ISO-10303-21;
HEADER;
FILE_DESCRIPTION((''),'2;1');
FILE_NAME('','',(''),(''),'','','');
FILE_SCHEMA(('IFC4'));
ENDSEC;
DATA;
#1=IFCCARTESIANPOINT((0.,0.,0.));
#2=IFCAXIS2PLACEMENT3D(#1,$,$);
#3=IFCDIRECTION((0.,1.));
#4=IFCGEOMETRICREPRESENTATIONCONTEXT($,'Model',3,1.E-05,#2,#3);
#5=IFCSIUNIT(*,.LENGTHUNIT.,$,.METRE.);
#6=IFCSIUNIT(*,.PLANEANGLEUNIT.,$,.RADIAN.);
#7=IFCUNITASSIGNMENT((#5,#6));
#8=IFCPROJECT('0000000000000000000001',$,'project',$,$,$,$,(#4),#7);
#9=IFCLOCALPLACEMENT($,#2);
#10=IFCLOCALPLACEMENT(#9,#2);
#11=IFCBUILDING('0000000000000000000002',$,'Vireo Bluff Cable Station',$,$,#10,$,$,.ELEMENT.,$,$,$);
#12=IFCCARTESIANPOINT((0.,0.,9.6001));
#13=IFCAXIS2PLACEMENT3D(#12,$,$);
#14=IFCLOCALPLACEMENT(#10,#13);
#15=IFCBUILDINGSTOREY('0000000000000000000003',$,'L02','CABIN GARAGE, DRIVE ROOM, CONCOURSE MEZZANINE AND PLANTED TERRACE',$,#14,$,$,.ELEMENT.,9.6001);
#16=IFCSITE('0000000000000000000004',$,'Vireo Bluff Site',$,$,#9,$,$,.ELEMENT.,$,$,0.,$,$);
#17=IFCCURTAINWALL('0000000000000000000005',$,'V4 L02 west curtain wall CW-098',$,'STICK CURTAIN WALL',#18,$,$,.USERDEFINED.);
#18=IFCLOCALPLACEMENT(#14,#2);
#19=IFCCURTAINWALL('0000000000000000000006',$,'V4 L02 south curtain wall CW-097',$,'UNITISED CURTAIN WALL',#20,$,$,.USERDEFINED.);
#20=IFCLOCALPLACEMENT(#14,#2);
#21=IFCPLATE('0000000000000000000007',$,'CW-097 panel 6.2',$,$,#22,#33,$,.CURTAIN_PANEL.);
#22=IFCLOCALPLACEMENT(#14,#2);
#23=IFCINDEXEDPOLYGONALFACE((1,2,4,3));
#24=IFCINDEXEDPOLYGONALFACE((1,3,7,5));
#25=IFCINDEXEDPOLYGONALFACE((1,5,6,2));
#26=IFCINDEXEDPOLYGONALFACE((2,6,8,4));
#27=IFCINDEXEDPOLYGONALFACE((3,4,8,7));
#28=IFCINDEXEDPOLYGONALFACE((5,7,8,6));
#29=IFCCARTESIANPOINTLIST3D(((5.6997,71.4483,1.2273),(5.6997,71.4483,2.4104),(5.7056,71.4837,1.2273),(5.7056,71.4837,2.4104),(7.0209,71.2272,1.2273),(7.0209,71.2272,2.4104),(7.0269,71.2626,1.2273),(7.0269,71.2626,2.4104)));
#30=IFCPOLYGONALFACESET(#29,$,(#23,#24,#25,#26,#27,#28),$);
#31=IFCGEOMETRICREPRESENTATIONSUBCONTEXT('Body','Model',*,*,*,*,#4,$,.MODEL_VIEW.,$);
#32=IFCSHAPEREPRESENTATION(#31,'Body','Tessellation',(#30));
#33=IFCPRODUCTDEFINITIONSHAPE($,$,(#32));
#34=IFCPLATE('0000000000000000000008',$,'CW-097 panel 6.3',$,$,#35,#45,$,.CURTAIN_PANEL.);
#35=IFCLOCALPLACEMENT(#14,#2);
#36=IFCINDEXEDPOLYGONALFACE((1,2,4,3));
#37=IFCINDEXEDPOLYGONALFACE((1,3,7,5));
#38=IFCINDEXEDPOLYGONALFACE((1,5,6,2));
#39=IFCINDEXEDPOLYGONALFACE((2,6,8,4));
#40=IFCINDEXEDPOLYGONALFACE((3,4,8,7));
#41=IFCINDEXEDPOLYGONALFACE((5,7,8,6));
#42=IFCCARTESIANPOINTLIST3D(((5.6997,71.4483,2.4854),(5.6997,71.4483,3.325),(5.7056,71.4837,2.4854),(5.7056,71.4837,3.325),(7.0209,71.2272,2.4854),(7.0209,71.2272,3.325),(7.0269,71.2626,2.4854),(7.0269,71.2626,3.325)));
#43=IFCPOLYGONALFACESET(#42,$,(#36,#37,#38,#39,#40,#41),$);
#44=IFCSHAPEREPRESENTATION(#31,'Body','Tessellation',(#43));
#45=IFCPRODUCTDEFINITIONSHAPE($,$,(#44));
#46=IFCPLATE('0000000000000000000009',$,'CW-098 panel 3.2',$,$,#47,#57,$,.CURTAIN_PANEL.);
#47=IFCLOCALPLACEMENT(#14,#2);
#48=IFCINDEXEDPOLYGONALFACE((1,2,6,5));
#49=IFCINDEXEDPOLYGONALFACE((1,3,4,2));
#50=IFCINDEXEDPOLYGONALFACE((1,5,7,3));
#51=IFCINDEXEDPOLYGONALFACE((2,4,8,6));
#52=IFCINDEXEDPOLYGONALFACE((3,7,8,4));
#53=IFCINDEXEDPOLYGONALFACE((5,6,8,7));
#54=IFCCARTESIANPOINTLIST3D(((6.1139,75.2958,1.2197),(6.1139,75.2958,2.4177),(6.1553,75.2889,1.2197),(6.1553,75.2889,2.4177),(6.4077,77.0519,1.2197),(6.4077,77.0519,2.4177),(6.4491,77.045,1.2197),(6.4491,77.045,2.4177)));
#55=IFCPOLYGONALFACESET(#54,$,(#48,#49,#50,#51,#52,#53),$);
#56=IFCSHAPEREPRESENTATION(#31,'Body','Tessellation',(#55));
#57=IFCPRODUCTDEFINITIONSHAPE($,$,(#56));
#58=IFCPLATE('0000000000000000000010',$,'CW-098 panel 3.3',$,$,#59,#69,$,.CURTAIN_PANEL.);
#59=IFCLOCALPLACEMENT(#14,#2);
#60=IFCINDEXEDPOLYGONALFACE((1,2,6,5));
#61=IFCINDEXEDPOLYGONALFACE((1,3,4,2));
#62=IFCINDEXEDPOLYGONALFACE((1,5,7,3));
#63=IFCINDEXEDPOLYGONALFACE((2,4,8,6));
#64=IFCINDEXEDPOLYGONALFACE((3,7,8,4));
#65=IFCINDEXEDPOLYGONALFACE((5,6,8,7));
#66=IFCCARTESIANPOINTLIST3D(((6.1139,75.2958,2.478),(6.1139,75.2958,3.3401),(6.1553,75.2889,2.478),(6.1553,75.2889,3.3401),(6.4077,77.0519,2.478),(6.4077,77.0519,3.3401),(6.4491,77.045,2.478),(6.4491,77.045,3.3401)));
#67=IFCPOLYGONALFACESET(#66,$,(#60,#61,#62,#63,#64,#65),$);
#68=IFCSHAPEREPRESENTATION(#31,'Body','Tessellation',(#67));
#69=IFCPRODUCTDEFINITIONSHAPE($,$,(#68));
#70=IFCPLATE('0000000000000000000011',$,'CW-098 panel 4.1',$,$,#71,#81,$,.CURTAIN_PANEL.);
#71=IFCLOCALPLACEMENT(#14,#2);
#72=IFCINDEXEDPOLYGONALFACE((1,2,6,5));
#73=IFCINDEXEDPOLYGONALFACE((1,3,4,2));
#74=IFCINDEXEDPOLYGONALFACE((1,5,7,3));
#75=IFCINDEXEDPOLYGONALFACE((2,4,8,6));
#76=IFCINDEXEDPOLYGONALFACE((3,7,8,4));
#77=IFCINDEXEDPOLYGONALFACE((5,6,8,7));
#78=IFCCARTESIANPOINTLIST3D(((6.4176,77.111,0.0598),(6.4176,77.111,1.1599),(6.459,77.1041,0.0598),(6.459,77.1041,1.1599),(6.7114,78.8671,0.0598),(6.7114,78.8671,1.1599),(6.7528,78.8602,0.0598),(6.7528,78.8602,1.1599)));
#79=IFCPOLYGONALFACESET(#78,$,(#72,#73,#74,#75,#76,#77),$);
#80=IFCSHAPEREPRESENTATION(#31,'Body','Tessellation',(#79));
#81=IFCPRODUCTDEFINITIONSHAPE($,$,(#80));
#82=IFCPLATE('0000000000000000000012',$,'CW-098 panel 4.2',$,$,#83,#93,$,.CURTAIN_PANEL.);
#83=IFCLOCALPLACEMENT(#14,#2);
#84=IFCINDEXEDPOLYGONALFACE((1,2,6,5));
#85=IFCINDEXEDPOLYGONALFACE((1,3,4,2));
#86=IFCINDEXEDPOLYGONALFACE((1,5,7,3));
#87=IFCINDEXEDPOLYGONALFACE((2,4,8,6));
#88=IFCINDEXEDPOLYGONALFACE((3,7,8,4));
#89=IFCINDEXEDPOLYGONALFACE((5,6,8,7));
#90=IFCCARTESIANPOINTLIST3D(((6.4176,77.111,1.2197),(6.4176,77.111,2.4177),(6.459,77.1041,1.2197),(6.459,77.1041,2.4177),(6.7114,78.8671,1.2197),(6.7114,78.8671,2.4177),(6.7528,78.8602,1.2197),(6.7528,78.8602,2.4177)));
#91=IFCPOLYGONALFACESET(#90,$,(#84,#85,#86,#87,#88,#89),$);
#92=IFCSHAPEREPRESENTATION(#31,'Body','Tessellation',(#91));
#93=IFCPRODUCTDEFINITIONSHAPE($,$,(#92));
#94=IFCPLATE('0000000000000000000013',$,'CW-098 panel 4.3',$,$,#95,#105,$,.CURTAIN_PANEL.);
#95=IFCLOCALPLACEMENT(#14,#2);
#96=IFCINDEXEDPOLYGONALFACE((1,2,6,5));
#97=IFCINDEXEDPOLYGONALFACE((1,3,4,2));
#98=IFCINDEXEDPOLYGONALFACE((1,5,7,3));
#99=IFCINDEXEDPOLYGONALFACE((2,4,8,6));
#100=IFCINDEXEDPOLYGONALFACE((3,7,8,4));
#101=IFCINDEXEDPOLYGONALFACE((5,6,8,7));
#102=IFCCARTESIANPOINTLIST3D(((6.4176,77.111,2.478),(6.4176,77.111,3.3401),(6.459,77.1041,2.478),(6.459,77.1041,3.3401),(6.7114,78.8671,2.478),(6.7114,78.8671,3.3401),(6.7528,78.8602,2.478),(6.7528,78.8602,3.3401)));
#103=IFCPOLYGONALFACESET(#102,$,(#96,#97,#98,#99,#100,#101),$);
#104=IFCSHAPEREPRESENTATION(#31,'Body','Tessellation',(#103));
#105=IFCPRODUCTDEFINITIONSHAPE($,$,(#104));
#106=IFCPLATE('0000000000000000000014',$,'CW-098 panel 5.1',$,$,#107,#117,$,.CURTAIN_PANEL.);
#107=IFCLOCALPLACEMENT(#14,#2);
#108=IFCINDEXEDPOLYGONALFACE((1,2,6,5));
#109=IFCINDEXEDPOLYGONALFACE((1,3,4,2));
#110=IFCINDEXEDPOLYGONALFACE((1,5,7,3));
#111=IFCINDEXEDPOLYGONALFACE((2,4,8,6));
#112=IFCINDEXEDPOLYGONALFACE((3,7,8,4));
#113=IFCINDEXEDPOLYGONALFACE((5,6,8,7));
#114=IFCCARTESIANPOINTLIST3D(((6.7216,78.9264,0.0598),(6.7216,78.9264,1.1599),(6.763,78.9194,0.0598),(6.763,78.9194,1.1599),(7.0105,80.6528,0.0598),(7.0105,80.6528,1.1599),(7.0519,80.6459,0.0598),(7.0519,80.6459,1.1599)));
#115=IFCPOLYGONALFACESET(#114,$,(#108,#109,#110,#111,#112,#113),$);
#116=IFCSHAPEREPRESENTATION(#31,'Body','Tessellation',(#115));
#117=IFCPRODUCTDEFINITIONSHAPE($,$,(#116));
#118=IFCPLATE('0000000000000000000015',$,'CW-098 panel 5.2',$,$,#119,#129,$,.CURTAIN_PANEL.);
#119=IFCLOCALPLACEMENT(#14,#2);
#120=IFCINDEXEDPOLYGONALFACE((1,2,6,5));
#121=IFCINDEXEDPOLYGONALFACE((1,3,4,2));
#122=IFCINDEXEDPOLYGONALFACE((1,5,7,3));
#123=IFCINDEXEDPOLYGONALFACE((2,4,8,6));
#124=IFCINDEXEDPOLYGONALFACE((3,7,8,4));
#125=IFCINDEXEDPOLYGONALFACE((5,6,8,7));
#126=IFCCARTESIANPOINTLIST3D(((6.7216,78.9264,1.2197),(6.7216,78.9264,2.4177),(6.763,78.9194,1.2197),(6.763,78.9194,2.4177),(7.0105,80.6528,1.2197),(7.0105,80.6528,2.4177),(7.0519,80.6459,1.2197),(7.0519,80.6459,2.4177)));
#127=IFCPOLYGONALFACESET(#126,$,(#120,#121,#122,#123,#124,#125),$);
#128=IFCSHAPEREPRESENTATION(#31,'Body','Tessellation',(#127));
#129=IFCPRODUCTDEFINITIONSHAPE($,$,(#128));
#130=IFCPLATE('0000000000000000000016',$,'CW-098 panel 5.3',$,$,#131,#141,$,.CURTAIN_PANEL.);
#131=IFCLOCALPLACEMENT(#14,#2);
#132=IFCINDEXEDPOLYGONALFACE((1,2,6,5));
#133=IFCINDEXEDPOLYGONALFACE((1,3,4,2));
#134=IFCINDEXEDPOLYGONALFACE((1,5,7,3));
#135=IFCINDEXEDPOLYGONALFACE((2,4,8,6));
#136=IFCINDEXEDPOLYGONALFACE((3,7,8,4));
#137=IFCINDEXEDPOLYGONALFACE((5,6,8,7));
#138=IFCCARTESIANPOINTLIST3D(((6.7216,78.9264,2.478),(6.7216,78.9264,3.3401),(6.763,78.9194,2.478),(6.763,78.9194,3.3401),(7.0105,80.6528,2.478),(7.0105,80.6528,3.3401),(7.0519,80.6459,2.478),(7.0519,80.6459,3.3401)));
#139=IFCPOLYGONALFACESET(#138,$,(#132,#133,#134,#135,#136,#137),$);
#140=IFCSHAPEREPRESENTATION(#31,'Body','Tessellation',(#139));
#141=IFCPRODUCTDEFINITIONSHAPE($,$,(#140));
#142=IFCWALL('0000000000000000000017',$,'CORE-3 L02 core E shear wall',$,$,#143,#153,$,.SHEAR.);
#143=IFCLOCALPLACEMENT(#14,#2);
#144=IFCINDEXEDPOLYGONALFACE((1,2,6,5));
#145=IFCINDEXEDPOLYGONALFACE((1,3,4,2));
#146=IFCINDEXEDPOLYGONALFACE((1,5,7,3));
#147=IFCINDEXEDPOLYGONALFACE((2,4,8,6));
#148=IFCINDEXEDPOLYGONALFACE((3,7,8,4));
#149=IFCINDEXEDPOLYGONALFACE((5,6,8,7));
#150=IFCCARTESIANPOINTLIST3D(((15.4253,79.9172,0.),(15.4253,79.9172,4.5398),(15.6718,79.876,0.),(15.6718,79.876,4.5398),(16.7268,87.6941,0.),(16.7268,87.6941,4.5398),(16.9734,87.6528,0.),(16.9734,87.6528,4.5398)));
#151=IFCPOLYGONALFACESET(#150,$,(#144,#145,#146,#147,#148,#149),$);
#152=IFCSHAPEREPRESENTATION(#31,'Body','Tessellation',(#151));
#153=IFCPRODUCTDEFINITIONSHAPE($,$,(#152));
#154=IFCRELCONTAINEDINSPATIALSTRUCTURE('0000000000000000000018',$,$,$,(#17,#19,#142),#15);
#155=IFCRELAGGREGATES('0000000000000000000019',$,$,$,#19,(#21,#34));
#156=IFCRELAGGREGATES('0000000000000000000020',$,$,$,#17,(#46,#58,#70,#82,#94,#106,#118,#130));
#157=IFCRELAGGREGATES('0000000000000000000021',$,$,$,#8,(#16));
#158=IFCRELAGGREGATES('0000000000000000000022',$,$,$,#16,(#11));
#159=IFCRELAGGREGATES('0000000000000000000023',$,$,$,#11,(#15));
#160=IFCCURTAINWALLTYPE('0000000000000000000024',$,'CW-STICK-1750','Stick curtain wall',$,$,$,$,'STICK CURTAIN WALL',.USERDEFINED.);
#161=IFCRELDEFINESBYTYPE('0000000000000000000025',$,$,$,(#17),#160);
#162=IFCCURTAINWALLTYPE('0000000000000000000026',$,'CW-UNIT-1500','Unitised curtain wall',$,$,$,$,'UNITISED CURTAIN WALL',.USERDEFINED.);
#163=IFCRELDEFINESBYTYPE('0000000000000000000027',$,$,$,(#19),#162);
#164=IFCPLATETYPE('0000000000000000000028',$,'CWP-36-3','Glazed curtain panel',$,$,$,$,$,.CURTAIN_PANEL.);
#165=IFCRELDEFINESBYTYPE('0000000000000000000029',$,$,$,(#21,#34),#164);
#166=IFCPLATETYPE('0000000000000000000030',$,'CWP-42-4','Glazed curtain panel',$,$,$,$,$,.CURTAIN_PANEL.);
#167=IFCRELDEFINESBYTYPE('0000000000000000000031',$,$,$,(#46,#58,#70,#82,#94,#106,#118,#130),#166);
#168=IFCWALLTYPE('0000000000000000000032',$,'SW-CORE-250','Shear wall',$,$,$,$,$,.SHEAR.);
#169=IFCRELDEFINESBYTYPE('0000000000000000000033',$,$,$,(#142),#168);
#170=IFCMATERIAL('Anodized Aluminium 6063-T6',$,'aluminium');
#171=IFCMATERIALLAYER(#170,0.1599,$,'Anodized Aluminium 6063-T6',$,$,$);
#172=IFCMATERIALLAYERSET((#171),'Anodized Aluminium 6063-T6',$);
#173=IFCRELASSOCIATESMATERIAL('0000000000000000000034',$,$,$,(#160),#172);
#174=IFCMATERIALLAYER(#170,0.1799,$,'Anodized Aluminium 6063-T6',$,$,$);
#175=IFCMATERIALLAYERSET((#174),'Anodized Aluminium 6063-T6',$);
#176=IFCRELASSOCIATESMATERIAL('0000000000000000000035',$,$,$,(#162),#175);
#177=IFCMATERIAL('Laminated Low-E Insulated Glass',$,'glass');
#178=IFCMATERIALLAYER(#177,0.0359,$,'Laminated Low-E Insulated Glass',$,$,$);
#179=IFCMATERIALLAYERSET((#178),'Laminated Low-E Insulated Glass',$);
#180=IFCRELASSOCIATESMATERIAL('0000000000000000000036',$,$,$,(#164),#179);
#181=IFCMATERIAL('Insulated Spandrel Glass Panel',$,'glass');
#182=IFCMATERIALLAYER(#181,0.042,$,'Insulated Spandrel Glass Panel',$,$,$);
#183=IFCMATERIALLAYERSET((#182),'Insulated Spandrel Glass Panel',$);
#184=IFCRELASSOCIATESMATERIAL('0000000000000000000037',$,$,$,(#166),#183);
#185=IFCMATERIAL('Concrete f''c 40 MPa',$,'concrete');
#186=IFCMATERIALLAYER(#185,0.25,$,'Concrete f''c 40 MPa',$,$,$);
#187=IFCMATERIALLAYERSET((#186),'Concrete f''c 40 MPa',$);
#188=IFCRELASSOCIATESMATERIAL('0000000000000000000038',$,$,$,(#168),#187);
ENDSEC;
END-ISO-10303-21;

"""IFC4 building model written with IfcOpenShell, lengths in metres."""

from ifc_helpers import new_model, si_unit, direction, frame, frame_2d, origin, origin_2d, place, context, subcontext, project, spatial, rectangle, extrude, material, layer, layer_set, type_object, element, aggregate, save


model = new_model("IFC4")

# Units and contexts
model_context = context("Model", 3, precision=1e-05, world=origin(), true_north=direction((0.0, 1.0)))
body_context = subcontext(model_context, "Body", "Model", "MODEL_VIEW")
ifc_project = project(units=[si_unit("LENGTHUNIT", "METRE"), si_unit("PLANEANGLEUNIT", "RADIAN")], contexts=[model_context])

# Site, building, storey
site_placement = place(None, origin())
site = spatial("IfcSite", under=ifc_project, at=site_placement, Name="Vireo Bluff Site", CompositionType="ELEMENT", RefElevation=0.0)
building_placement = place(site_placement, origin())
building = spatial("IfcBuilding", under=site, at=building_placement, Name="Vireo Bluff Cable Station", CompositionType="ELEMENT")
storey_placement = place(building_placement, frame((0.0, 0.0, 9.6001)))
storey = spatial("IfcBuildingStorey", under=building, at=storey_placement, Name="L02", Description="CABIN GARAGE, DRIVE ROOM, CONCOURSE MEZZANINE AND PLANTED TERRACE", CompositionType="ELEMENT", Elevation=9.6001)

# Curtain walls
ifc_material_1 = material(Name="Anodized Aluminium 6063-T6", Category="aluminium")
ifc_layer_1 = layer(ifc_material_1, 0.1599, Name="Anodized Aluminium 6063-T6")
ifc_layer_set_1 = layer_set([ifc_layer_1], Name="Anodized Aluminium 6063-T6")
curtain_wall_type_1 = type_object("IfcCurtainWallType", Name="CW-STICK-1750", Description="Stick curtain wall", ElementType="STICK CURTAIN WALL", PredefinedType="USERDEFINED", material=ifc_layer_set_1)
curtain_wall_1_placement = place(storey_placement, origin())
curtain_wall_1 = element("IfcCurtainWall", 1, at=curtain_wall_1_placement, inside=storey, type_object=curtain_wall_type_1, Name="V4 L02 west curtain wall CW-098", ObjectType="STICK CURTAIN WALL", PredefinedType="USERDEFINED")
ifc_layer_2 = layer(ifc_material_1, 0.1799, Name="Anodized Aluminium 6063-T6")
ifc_layer_set_2 = layer_set([ifc_layer_2], Name="Anodized Aluminium 6063-T6")
curtain_wall_type_2 = type_object("IfcCurtainWallType", Name="CW-UNIT-1500", Description="Unitised curtain wall", ElementType="UNITISED CURTAIN WALL", PredefinedType="USERDEFINED", material=ifc_layer_set_2)
curtain_wall_2_placement = place(storey_placement, origin())
curtain_wall_2 = element("IfcCurtainWall", 2, at=curtain_wall_2_placement, inside=storey, type_object=curtain_wall_type_2, Name="V4 L02 south curtain wall CW-097", ObjectType="UNITISED CURTAIN WALL", PredefinedType="USERDEFINED")

# Plates
ifc_material_2 = material(Name="Laminated Low-E Insulated Glass", Category="glass")
ifc_layer_3 = layer(ifc_material_2, 0.0359, Name="Laminated Low-E Insulated Glass")
ifc_layer_set_3 = layer_set([ifc_layer_3], Name="Laminated Low-E Insulated Glass")
plate_type_1 = type_object("IfcPlateType", Name="CWP-36-3", Description="Glazed curtain panel", PredefinedType="CURTAIN_PANEL", material=ifc_layer_set_3)
plate_1_placement = place(storey_placement, frame((6.3633, 71.3555, 1.2273), z_axis=(0.0, 0.0, 1.0), x_axis=(-0.986286, 0.165048, 0.0)))
plate_1 = element("IfcPlate", 3, at=plate_1_placement, type_object=plate_type_1, Name="CW-097 panel 6.2", PredefinedType="CURTAIN_PANEL", context=body_context, shape_type="SweptSolid", body=[
    extrude(rectangle(XDim=1.3396, YDim=0.0359, at=origin_2d()), origin(), (0.0, 0.0, 1.0), 1.1831),
])
plate_2_placement = place(storey_placement, frame((6.3633, 71.3555, 2.4854), z_axis=(0.0, 0.0, 1.0), x_axis=(-0.986286, 0.165048, 0.0)))
plate_2 = element("IfcPlate", 4, at=plate_2_placement, type_object=plate_type_1, Name="CW-097 panel 6.3", PredefinedType="CURTAIN_PANEL", context=body_context, shape_type="SweptSolid", body=[
    extrude(rectangle(XDim=1.3396, YDim=0.0359, at=origin_2d()), origin(), (0.0, 0.0, 1.0), 0.8396),
])
aggregate(curtain_wall_2, [plate_1, plate_2])
ifc_material_3 = material(Name="Insulated Spandrel Glass Panel", Category="glass")
ifc_layer_4 = layer(ifc_material_3, 0.042, Name="Insulated Spandrel Glass Panel")
ifc_layer_set_4 = layer_set([ifc_layer_4], Name="Insulated Spandrel Glass Panel")
plate_type_2 = type_object("IfcPlateType", Name="CWP-42-4", Description="Glazed curtain panel", PredefinedType="CURTAIN_PANEL", material=ifc_layer_set_4)
plate_3_placement = place(storey_placement, frame((6.2815, 76.1704, 1.2197), z_axis=(0.0, 0.0, 1.0), x_axis=(0.165048, 0.986286, 0.0)))
plate_3 = element("IfcPlate", 5, at=plate_3_placement, type_object=plate_type_2, Name="CW-098 panel 3.2", PredefinedType="CURTAIN_PANEL", context=body_context, shape_type="SweptSolid", body=[
    extrude(rectangle(XDim=1.7805, YDim=0.042, at=origin_2d()), origin(), (0.0, 0.0, 1.0), 1.198),
])
plate_4_placement = place(storey_placement, frame((6.2815, 76.1704, 2.478), z_axis=(0.0, 0.0, 1.0), x_axis=(0.165048, 0.986286, 0.0)))
plate_4 = element("IfcPlate", 6, at=plate_4_placement, type_object=plate_type_2, Name="CW-098 panel 3.3", PredefinedType="CURTAIN_PANEL", context=body_context, shape_type="SweptSolid", body=[
    extrude(rectangle(XDim=1.7805, YDim=0.042, at=origin_2d()), origin(), (0.0, 0.0, 1.0), 0.8621),
])
plate_5_placement = place(storey_placement, frame((6.5852, 77.9856, 0.0598), z_axis=(0.0, 0.0, 1.0), x_axis=(0.165048, 0.986286, 0.0)))
plate_5 = element("IfcPlate", 7, at=plate_5_placement, type_object=plate_type_2, Name="CW-098 panel 4.1", PredefinedType="CURTAIN_PANEL", context=body_context, shape_type="SweptSolid", body=[
    extrude(rectangle(XDim=1.7805, YDim=0.042, at=origin_2d()), origin(), (0.0, 0.0, 1.0), 1.1001),
])
plate_6_placement = place(storey_placement, frame((6.5852, 77.9856, 1.2197), z_axis=(0.0, 0.0, 1.0), x_axis=(0.165048, 0.986286, 0.0)))
plate_6 = element("IfcPlate", 8, at=plate_6_placement, type_object=plate_type_2, Name="CW-098 panel 4.2", PredefinedType="CURTAIN_PANEL", context=body_context, shape_type="SweptSolid", body=[
    extrude(rectangle(XDim=1.7805, YDim=0.042, at=origin_2d()), origin(), (0.0, 0.0, 1.0), 1.198),
])
plate_7_placement = place(storey_placement, frame((6.5852, 77.9856, 2.478), z_axis=(0.0, 0.0, 1.0), x_axis=(0.165048, 0.986286, 0.0)))
plate_7 = element("IfcPlate", 9, at=plate_7_placement, type_object=plate_type_2, Name="CW-098 panel 4.3", PredefinedType="CURTAIN_PANEL", context=body_context, shape_type="SweptSolid", body=[
    extrude(rectangle(XDim=1.7805, YDim=0.042, at=origin_2d()), origin(), (0.0, 0.0, 1.0), 0.8621),
])
plate_8_placement = place(storey_placement, frame((6.8867, 79.7861, 0.0598), z_axis=(0.0, 0.0, 1.0), x_axis=(0.165048, 0.986286, 0.0)))
plate_8 = element("IfcPlate", 10, at=plate_8_placement, type_object=plate_type_2, Name="CW-098 panel 5.1", PredefinedType="CURTAIN_PANEL", context=body_context, shape_type="SweptSolid", body=[
    extrude(rectangle(XDim=1.7505, YDim=0.042, at=origin_2d()), origin(), (0.0, 0.0, 1.0), 1.1001),
])
plate_9_placement = place(storey_placement, frame((6.8867, 79.7861, 1.2197), z_axis=(0.0, 0.0, 1.0), x_axis=(0.165048, 0.986286, 0.0)))
plate_9 = element("IfcPlate", 11, at=plate_9_placement, type_object=plate_type_2, Name="CW-098 panel 5.2", PredefinedType="CURTAIN_PANEL", context=body_context, shape_type="SweptSolid", body=[
    extrude(rectangle(XDim=1.7505, YDim=0.042, at=origin_2d()), origin(), (0.0, 0.0, 1.0), 1.198),
])
plate_10_placement = place(storey_placement, frame((6.8867, 79.7861, 2.478), z_axis=(0.0, 0.0, 1.0), x_axis=(0.165048, 0.986286, 0.0)))
plate_10 = element("IfcPlate", 12, at=plate_10_placement, type_object=plate_type_2, Name="CW-098 panel 5.3", PredefinedType="CURTAIN_PANEL", context=body_context, shape_type="SweptSolid", body=[
    extrude(rectangle(XDim=1.7505, YDim=0.042, at=origin_2d()), origin(), (0.0, 0.0, 1.0), 0.8621),
])
aggregate(curtain_wall_1, [plate_3, plate_4, plate_5, plate_6, plate_7, plate_8, plate_9, plate_10])

# Wall
ifc_material_4 = material(Name="Concrete f'c 40 MPa", Category="concrete")
ifc_layer_5 = layer(ifc_material_4, 0.25, Name="Concrete f'c 40 MPa")
ifc_layer_set_5 = layer_set([ifc_layer_5], Name="Concrete f'c 40 MPa")
wall_type = type_object("IfcWallType", Name="SW-CORE-250", Description="Shear wall", PredefinedType="SHEAR", material=ifc_layer_set_5)
wall_placement = place(storey_placement, frame((15.5486, 79.8967, 0.0), z_axis=(0.0, 0.0, 1.0), x_axis=(0.165062, 0.986283, 0.0)))
element("IfcWall", 13, at=wall_placement, inside=storey, type_object=wall_type, Name="CORE-3 L02 core E shear wall", PredefinedType="SHEAR", context=body_context, shape_type="SweptSolid", body=[
    extrude(rectangle(XDim=7.885, YDim=0.25, at=frame_2d((3.9424, 0.0))), origin(), (0.0, 0.0, 1.0), 4.5398),
])

save(model, "model.ifc")
